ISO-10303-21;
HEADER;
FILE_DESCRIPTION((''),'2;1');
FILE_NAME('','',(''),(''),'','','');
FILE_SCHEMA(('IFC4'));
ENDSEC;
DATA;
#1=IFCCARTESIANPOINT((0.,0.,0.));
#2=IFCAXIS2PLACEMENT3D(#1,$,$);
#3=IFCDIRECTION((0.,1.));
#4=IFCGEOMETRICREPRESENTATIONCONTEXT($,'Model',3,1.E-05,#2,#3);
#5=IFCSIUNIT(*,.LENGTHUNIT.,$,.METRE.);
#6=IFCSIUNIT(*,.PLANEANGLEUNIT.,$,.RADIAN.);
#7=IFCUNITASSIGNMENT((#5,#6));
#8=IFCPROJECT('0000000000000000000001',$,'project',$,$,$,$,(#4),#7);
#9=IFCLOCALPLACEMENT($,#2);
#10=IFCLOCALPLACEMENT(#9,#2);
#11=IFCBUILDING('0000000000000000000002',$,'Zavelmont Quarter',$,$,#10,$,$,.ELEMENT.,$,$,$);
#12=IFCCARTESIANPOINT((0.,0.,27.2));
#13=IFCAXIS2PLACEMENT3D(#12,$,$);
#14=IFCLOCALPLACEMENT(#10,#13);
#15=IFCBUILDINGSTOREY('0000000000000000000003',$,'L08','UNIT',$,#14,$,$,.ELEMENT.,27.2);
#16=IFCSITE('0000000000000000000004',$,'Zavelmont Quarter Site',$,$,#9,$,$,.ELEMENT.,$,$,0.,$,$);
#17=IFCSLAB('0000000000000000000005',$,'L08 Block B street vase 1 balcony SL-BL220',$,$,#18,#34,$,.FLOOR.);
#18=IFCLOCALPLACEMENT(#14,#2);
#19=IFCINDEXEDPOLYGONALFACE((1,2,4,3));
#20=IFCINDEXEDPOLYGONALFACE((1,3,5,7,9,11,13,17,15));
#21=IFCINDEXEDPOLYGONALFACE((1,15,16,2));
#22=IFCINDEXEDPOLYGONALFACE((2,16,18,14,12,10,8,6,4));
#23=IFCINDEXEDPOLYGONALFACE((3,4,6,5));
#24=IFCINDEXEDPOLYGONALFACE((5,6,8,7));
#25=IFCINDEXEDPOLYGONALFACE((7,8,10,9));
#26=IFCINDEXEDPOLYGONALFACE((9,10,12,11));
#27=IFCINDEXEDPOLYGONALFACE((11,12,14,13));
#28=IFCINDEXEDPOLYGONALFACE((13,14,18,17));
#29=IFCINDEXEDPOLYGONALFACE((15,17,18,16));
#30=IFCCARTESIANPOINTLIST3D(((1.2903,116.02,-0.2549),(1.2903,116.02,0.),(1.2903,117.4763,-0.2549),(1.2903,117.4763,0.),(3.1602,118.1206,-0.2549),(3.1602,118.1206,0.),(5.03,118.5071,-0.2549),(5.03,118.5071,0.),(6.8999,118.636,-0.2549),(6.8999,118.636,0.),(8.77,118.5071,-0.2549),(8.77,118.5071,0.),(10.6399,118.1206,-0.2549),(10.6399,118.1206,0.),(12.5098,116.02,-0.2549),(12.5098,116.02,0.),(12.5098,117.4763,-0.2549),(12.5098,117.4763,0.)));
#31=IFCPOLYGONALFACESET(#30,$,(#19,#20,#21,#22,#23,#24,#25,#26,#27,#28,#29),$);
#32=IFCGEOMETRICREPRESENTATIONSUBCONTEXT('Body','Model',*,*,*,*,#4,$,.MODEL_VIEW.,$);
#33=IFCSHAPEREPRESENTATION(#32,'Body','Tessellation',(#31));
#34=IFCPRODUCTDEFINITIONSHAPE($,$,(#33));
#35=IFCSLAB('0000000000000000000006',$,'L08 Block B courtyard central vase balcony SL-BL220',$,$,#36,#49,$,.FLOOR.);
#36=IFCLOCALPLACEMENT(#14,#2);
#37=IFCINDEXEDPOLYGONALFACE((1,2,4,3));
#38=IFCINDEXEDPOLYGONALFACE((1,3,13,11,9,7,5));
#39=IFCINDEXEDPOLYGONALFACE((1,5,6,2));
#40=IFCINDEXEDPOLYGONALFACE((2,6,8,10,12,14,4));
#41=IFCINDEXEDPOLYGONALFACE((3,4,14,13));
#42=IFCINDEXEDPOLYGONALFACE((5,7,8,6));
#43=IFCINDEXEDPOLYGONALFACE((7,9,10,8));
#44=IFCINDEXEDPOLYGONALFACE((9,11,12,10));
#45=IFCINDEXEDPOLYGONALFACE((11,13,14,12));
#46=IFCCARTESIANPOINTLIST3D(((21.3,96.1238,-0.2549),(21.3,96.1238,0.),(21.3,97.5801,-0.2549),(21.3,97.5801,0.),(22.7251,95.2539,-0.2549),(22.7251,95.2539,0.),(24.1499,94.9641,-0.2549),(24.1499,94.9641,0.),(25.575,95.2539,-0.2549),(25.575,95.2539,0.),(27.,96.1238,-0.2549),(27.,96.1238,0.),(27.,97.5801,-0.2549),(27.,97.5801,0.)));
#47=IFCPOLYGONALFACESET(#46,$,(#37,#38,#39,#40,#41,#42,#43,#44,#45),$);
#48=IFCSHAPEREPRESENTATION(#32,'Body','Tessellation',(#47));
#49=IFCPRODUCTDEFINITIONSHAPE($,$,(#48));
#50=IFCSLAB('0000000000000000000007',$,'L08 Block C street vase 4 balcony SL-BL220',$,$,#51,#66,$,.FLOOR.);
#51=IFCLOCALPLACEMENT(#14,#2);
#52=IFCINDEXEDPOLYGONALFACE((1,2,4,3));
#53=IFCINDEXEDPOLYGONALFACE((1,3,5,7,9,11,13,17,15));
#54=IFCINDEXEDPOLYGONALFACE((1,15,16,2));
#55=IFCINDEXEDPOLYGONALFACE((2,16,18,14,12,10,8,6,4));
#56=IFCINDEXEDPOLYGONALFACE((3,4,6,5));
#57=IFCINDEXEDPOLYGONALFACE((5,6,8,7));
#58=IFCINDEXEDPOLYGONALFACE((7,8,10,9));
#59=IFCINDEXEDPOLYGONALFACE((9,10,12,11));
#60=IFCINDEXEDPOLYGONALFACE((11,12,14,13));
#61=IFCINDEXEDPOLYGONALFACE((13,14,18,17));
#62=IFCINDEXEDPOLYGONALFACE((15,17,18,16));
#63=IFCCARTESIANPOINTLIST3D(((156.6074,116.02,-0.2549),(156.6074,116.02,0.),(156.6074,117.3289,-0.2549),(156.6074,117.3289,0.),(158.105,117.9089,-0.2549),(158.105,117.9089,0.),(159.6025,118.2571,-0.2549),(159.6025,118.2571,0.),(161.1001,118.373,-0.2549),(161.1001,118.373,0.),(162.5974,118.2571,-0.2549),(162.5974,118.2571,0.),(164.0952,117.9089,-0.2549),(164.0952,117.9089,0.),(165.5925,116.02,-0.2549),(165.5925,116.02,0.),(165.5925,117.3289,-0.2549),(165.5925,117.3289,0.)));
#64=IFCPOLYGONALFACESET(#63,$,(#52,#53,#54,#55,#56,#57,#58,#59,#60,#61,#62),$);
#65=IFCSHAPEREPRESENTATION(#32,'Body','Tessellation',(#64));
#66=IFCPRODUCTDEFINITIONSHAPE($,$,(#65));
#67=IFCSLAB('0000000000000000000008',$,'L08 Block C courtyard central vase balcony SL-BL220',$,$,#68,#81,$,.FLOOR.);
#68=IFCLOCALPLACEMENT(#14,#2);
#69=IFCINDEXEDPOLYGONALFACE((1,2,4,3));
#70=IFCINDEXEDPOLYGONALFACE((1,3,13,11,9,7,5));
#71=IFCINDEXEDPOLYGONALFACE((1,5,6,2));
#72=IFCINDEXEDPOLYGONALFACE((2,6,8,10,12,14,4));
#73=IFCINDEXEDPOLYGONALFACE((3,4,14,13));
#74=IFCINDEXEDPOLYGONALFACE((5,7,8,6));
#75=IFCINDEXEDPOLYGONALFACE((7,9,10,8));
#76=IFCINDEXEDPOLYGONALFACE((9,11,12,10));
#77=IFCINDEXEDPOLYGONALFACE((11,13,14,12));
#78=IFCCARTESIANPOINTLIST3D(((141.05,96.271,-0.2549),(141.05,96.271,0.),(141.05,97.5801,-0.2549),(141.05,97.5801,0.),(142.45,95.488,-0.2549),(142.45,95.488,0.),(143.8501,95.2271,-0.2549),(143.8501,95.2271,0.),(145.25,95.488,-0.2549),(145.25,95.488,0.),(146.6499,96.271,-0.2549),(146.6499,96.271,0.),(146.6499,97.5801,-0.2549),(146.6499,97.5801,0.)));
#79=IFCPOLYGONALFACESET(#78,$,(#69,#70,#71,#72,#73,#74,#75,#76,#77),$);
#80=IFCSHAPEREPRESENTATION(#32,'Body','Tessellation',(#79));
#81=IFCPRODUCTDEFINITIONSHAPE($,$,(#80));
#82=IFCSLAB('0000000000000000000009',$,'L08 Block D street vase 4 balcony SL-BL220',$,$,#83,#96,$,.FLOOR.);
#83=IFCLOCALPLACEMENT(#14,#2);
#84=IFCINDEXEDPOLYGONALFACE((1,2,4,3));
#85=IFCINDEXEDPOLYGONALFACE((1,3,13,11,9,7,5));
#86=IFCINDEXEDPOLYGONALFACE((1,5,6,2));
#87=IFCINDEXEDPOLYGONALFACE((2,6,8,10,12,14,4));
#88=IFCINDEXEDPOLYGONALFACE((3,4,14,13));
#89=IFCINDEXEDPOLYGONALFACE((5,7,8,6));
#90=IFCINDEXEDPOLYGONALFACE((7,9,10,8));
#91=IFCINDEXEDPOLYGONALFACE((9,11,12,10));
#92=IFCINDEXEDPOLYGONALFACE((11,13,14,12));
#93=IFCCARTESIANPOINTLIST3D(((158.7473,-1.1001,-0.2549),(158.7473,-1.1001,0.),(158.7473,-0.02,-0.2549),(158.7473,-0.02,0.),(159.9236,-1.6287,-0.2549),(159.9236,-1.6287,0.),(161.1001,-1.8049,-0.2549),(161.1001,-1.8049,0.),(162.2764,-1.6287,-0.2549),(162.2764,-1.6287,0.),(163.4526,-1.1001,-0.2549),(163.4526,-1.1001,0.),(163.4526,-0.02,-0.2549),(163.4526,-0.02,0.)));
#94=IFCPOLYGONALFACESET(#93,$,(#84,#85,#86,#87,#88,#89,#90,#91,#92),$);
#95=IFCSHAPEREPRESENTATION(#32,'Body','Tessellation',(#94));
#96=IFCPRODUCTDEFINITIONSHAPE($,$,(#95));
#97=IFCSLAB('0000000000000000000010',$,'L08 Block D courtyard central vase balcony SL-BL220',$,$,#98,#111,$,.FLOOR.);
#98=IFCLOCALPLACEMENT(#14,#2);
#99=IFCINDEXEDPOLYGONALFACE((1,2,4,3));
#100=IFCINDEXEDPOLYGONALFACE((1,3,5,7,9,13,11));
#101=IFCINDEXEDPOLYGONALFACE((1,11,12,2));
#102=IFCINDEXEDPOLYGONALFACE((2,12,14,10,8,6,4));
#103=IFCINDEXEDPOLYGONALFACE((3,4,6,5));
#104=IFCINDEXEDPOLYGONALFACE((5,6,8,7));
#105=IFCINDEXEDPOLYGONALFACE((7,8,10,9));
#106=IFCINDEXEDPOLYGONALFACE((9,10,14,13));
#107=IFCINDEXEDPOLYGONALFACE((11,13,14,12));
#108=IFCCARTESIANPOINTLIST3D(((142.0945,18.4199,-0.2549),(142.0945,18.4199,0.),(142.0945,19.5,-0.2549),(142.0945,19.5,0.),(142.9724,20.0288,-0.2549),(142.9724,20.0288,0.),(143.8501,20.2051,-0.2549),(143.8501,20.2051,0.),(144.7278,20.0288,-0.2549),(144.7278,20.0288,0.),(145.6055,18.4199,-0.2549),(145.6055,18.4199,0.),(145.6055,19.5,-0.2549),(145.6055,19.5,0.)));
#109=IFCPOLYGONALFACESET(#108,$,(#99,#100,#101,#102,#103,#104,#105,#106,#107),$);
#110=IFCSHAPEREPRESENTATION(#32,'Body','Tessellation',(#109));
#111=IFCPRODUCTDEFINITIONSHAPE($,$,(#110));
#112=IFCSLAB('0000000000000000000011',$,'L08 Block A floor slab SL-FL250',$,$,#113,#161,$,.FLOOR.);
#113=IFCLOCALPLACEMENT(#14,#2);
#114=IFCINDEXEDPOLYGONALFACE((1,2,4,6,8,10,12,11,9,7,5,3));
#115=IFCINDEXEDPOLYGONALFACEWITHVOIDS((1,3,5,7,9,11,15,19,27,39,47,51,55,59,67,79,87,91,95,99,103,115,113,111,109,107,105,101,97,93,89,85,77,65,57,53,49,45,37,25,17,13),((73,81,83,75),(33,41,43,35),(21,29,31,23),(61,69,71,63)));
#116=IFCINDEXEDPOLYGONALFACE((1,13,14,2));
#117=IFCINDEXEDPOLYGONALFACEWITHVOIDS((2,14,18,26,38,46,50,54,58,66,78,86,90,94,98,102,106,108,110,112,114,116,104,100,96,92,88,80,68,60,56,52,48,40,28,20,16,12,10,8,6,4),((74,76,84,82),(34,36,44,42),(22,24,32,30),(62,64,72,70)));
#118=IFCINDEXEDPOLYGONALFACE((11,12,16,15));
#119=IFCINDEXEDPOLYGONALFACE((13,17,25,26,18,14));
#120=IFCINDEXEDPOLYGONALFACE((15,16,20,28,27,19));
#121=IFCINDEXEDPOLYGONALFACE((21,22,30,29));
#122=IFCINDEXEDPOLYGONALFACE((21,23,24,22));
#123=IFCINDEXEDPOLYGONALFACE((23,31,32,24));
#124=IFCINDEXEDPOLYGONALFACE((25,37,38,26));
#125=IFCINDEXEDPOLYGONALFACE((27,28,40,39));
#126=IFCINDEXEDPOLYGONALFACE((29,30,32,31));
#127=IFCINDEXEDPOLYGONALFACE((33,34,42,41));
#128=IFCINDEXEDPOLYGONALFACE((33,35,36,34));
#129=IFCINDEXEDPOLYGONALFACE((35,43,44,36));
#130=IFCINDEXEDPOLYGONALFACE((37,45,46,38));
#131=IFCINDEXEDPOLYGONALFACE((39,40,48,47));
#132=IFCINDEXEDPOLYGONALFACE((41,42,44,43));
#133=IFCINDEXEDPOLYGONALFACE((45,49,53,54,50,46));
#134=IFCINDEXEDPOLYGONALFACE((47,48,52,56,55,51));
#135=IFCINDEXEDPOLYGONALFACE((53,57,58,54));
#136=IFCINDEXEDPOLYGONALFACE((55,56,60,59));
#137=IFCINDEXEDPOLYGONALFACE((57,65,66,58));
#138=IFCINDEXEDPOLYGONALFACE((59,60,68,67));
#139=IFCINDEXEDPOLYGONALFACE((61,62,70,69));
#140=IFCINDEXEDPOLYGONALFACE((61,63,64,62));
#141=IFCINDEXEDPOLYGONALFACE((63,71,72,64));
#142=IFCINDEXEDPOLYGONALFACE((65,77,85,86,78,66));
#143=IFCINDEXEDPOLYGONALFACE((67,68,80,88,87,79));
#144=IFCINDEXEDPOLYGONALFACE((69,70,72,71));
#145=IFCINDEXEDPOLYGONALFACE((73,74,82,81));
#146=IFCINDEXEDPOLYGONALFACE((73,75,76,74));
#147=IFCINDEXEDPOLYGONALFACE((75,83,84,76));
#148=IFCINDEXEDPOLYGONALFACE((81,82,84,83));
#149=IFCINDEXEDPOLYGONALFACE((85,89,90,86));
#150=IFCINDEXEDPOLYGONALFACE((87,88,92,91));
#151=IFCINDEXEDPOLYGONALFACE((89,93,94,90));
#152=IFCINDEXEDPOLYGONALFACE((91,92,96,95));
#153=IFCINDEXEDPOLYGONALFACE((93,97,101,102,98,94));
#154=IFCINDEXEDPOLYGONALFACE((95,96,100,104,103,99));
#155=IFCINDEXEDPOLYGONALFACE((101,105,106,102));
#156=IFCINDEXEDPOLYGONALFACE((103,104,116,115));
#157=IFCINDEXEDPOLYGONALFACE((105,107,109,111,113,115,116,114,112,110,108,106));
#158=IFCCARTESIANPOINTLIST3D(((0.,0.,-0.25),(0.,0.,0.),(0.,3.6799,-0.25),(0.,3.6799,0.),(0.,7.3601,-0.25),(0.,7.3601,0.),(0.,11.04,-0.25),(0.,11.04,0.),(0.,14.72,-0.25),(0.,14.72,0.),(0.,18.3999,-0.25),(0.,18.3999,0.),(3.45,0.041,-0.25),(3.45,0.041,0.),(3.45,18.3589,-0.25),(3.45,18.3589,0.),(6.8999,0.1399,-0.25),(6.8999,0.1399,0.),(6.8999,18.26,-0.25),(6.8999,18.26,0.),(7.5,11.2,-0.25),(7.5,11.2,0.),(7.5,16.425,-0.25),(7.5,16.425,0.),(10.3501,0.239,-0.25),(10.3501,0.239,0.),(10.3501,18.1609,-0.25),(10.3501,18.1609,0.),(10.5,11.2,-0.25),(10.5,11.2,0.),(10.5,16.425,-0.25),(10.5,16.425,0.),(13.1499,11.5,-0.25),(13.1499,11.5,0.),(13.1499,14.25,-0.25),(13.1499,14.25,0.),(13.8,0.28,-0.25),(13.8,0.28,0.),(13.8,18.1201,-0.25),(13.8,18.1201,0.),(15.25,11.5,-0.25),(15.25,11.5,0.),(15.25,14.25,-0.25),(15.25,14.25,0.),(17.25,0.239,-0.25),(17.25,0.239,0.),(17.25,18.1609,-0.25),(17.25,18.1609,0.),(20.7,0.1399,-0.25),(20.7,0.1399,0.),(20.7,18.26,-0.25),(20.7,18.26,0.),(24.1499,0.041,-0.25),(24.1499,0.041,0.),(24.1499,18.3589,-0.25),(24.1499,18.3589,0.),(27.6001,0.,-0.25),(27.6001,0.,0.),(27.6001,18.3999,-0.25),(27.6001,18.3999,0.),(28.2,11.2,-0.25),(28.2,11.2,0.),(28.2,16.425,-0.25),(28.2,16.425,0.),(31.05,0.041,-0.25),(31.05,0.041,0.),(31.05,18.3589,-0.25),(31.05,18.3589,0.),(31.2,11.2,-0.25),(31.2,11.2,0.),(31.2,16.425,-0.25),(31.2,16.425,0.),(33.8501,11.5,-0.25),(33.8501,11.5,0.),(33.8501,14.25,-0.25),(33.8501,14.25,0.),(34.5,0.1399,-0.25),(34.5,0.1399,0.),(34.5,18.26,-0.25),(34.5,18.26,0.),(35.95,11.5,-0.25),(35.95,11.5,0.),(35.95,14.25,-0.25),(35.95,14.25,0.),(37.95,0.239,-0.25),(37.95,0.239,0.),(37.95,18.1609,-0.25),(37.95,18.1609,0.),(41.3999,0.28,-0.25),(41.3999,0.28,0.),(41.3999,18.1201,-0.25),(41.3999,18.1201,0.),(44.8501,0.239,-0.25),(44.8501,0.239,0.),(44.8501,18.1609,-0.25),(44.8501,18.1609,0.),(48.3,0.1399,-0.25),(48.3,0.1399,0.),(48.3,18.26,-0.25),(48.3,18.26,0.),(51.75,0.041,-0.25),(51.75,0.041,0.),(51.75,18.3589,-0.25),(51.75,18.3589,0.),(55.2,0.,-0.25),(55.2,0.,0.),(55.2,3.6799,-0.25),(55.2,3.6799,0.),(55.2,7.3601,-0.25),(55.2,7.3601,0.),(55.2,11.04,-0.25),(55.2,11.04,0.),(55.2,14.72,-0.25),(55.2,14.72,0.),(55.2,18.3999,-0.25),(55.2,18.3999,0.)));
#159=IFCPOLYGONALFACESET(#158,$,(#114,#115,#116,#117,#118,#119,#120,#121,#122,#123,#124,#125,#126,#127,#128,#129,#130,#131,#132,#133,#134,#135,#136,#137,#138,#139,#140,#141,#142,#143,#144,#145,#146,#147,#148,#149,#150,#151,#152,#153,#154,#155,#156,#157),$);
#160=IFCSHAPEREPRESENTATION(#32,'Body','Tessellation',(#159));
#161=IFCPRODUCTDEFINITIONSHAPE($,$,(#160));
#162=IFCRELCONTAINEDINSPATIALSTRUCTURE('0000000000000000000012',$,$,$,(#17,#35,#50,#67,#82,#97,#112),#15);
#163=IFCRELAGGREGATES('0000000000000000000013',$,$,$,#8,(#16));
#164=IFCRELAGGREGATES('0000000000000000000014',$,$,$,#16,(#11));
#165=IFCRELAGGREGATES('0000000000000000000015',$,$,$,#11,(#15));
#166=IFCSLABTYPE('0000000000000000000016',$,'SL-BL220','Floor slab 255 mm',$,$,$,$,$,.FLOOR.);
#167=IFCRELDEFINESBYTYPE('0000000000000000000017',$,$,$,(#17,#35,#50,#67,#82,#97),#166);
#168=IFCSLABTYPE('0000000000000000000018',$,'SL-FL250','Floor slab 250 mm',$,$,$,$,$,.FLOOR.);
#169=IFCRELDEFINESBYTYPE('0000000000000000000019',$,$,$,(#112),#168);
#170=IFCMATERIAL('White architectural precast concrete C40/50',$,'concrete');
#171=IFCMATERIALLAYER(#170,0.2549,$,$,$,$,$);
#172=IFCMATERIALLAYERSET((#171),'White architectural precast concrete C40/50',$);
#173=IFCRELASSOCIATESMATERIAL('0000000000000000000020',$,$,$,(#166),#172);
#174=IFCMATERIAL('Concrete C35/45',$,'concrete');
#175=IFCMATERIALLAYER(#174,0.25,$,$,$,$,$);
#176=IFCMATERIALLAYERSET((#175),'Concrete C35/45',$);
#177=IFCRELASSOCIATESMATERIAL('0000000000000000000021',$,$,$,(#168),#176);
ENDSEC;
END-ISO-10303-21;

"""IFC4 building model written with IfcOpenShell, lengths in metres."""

from ifc_helpers import new_model, si_unit, direction, frame, origin, place, context, subcontext, project, spatial, polyline, outline, extrude, material, layer, layer_set, type_object, element, save


model = new_model("IFC4")

# Units and contexts
model_context = context("Model", 3, precision=1e-05, world=origin(), true_north=direction((0.0, 1.0)))
body_context = subcontext(model_context, "Body", "Model", "MODEL_VIEW")
ifc_project = project(units=[si_unit("LENGTHUNIT", "METRE"), si_unit("PLANEANGLEUNIT", "RADIAN")], contexts=[model_context])

# Site, building, storey
site_placement = place(None, origin())
site = spatial("IfcSite", under=ifc_project, at=site_placement, Name="Zavelmont Quarter Site", CompositionType="ELEMENT", RefElevation=0.0)
building_placement = place(site_placement, origin())
building = spatial("IfcBuilding", under=site, at=building_placement, Name="Zavelmont Quarter", CompositionType="ELEMENT")
storey_placement = place(building_placement, frame((0.0, 0.0, 27.2)))
storey = spatial("IfcBuildingStorey", under=building, at=storey_placement, Name="L08", Description="UNIT", CompositionType="ELEMENT", Elevation=27.2)

# Shared definitions
ifc_material_1 = material(Name="Concrete C35/45", Category="concrete")

# Slabs
ifc_material_2 = material(Name="White architectural precast concrete C40/50", Category="concrete")
ifc_layer_1 = layer(ifc_material_2, 0.2549)
ifc_layer_set_1 = layer_set([ifc_layer_1], Name="White architectural precast concrete C40/50")
slab_type_1 = type_object("IfcSlabType", Name="SL-BL220", Description="Floor slab 255 mm", PredefinedType="FLOOR", material=ifc_layer_set_1)
slab_1_placement = place(storey_placement, frame((0.0, 0.0, -0.2549)))
element("IfcSlab", 1, at=slab_1_placement, inside=storey, type_object=slab_type_1, Name="L08 Block B street vase 1 balcony SL-BL220", PredefinedType="FLOOR", context=body_context, shape_type="SweptSolid", body=[
    extrude(outline(polyline([(12.5098, 116.02), (12.5098, 117.4763), (10.6399, 118.1206), (8.77, 118.5071), (6.8999, 118.636), (5.03, 118.5071), (3.1602, 118.1206), (1.2903, 117.4763), (1.2903, 116.02), (12.5098, 116.02)])), origin(), (0.0, 0.0, 1.0), 0.2549),
])
slab_2_placement = place(storey_placement, frame((0.0, 0.0, -0.2549)))
element("IfcSlab", 2, at=slab_2_placement, inside=storey, type_object=slab_type_1, Name="L08 Block B courtyard central vase balcony SL-BL220", PredefinedType="FLOOR", context=body_context, shape_type="SweptSolid", body=[
    extrude(outline(polyline([(21.3, 97.5801), (21.3, 96.1238), (22.7251, 95.2539), (24.1499, 94.9641), (25.575, 95.2539), (27.0, 96.1238), (27.0, 97.5801), (21.3, 97.5801)])), origin(), (0.0, 0.0, 1.0), 0.2549),
])
slab_3_placement = place(storey_placement, frame((0.0, 0.0, -0.2549)))
element("IfcSlab", 3, at=slab_3_placement, inside=storey, type_object=slab_type_1, Name="L08 Block C street vase 4 balcony SL-BL220", PredefinedType="FLOOR", context=body_context, shape_type="SweptSolid", body=[
    extrude(outline(polyline([(165.5925, 116.02), (165.5925, 117.3289), (164.0952, 117.9089), (162.5974, 118.2571), (161.1001, 118.373), (159.6025, 118.2571), (158.105, 117.9089), (156.6074, 117.3289), (156.6074, 116.02), (165.5925, 116.02)])), origin(), (0.0, 0.0, 1.0), 0.2549),
])
slab_4_placement = place(storey_placement, frame((0.0, 0.0, -0.2549)))
element("IfcSlab", 4, at=slab_4_placement, inside=storey, type_object=slab_type_1, Name="L08 Block C courtyard central vase balcony SL-BL220", PredefinedType="FLOOR", context=body_context, shape_type="SweptSolid", body=[
    extrude(outline(polyline([(141.05, 97.5801), (141.05, 96.271), (142.45, 95.488), (143.8501, 95.2271), (145.25, 95.488), (146.6499, 96.271), (146.6499, 97.5801), (141.05, 97.5801)])), origin(), (0.0, 0.0, 1.0), 0.2549),
])
slab_5_placement = place(storey_placement, frame((0.0, 0.0, -0.2549)))
element("IfcSlab", 5, at=slab_5_placement, inside=storey, type_object=slab_type_1, Name="L08 Block D street vase 4 balcony SL-BL220", PredefinedType="FLOOR", context=body_context, shape_type="SweptSolid", body=[
    extrude(outline(polyline([(158.7473, -0.02), (158.7473, -1.1001), (159.9236, -1.6287), (161.1001, -1.8049), (162.2764, -1.6287), (163.4526, -1.1001), (163.4526, -0.02), (158.7473, -0.02)])), origin(), (0.0, 0.0, 1.0), 0.2549),
])
slab_6_placement = place(storey_placement, frame((0.0, 0.0, -0.2549)))
element("IfcSlab", 6, at=slab_6_placement, inside=storey, type_object=slab_type_1, Name="L08 Block D courtyard central vase balcony SL-BL220", PredefinedType="FLOOR", context=body_context, shape_type="SweptSolid", body=[
    extrude(outline(polyline([(145.6055, 18.4199), (145.6055, 19.5), (144.7278, 20.0288), (143.8501, 20.2051), (142.9724, 20.0288), (142.0945, 19.5), (142.0945, 18.4199), (145.6055, 18.4199)])), origin(), (0.0, 0.0, 1.0), 0.2549),
])
ifc_layer_2 = layer(ifc_material_1, 0.25)
ifc_layer_set_2 = layer_set([ifc_layer_2], Name="Concrete C35/45")
slab_type_2 = type_object("IfcSlabType", Name="SL-FL250", Description="Floor slab 250 mm", PredefinedType="FLOOR", material=ifc_layer_set_2)
slab_7_placement = place(storey_placement, frame((0.0, 0.0, -0.25)))
element("IfcSlab", 7, at=slab_7_placement, inside=storey, type_object=slab_type_2, Name="L08 Block A floor slab SL-FL250", PredefinedType="FLOOR", context=body_context, shape_type="SweptSolid", body=[
    extrude(outline(polyline([(0.0, 0.0), (3.45, 0.041), (6.8999, 0.1399), (10.3501, 0.239), (13.8, 0.28), (17.25, 0.239), (20.7, 0.1399), (24.1499, 0.041), (27.6001, 0.0), (31.05, 0.041), (34.5, 0.1399), (37.95, 0.239), (41.3999, 0.28), (44.8501, 0.239), (48.3, 0.1399), (51.75, 0.041), (55.2, 0.0), (55.2, 3.6799), (55.2, 7.3601), (55.2, 11.04), (55.2, 14.72), (55.2, 18.3999), (51.75, 18.3589), (48.3, 18.26), (44.8501, 18.1609), (41.3999, 18.1201), (37.95, 18.1609), (34.5, 18.26), (31.05, 18.3589), (27.6001, 18.3999), (24.1499, 18.3589), (20.7, 18.26), (17.25, 18.1609), (13.8, 18.1201), (10.3501, 18.1609), (6.8999, 18.26), (3.45, 18.3589), (0.0, 18.3999), (0.0, 14.72), (0.0, 11.04), (0.0, 7.3601), (0.0, 3.6799), (0.0, 0.0)]), holes=[polyline([(7.5, 16.425), (7.5, 11.2), (10.5, 11.2), (10.5, 16.425), (7.5, 16.425)]), polyline([(13.1499, 11.5), (15.25, 11.5), (15.25, 14.25), (13.1499, 14.25), (13.1499, 11.5)]), polyline([(28.2, 16.425), (28.2, 11.2), (31.2, 11.2), (31.2, 16.425), (28.2, 16.425)]), polyline([(33.8501, 11.5), (35.95, 11.5), (35.95, 14.25), (33.8501, 14.25), (33.8501, 11.5)])]), origin(), (0.0, 0.0, 1.0), 0.25),
])

save(model, "model.ifc")
